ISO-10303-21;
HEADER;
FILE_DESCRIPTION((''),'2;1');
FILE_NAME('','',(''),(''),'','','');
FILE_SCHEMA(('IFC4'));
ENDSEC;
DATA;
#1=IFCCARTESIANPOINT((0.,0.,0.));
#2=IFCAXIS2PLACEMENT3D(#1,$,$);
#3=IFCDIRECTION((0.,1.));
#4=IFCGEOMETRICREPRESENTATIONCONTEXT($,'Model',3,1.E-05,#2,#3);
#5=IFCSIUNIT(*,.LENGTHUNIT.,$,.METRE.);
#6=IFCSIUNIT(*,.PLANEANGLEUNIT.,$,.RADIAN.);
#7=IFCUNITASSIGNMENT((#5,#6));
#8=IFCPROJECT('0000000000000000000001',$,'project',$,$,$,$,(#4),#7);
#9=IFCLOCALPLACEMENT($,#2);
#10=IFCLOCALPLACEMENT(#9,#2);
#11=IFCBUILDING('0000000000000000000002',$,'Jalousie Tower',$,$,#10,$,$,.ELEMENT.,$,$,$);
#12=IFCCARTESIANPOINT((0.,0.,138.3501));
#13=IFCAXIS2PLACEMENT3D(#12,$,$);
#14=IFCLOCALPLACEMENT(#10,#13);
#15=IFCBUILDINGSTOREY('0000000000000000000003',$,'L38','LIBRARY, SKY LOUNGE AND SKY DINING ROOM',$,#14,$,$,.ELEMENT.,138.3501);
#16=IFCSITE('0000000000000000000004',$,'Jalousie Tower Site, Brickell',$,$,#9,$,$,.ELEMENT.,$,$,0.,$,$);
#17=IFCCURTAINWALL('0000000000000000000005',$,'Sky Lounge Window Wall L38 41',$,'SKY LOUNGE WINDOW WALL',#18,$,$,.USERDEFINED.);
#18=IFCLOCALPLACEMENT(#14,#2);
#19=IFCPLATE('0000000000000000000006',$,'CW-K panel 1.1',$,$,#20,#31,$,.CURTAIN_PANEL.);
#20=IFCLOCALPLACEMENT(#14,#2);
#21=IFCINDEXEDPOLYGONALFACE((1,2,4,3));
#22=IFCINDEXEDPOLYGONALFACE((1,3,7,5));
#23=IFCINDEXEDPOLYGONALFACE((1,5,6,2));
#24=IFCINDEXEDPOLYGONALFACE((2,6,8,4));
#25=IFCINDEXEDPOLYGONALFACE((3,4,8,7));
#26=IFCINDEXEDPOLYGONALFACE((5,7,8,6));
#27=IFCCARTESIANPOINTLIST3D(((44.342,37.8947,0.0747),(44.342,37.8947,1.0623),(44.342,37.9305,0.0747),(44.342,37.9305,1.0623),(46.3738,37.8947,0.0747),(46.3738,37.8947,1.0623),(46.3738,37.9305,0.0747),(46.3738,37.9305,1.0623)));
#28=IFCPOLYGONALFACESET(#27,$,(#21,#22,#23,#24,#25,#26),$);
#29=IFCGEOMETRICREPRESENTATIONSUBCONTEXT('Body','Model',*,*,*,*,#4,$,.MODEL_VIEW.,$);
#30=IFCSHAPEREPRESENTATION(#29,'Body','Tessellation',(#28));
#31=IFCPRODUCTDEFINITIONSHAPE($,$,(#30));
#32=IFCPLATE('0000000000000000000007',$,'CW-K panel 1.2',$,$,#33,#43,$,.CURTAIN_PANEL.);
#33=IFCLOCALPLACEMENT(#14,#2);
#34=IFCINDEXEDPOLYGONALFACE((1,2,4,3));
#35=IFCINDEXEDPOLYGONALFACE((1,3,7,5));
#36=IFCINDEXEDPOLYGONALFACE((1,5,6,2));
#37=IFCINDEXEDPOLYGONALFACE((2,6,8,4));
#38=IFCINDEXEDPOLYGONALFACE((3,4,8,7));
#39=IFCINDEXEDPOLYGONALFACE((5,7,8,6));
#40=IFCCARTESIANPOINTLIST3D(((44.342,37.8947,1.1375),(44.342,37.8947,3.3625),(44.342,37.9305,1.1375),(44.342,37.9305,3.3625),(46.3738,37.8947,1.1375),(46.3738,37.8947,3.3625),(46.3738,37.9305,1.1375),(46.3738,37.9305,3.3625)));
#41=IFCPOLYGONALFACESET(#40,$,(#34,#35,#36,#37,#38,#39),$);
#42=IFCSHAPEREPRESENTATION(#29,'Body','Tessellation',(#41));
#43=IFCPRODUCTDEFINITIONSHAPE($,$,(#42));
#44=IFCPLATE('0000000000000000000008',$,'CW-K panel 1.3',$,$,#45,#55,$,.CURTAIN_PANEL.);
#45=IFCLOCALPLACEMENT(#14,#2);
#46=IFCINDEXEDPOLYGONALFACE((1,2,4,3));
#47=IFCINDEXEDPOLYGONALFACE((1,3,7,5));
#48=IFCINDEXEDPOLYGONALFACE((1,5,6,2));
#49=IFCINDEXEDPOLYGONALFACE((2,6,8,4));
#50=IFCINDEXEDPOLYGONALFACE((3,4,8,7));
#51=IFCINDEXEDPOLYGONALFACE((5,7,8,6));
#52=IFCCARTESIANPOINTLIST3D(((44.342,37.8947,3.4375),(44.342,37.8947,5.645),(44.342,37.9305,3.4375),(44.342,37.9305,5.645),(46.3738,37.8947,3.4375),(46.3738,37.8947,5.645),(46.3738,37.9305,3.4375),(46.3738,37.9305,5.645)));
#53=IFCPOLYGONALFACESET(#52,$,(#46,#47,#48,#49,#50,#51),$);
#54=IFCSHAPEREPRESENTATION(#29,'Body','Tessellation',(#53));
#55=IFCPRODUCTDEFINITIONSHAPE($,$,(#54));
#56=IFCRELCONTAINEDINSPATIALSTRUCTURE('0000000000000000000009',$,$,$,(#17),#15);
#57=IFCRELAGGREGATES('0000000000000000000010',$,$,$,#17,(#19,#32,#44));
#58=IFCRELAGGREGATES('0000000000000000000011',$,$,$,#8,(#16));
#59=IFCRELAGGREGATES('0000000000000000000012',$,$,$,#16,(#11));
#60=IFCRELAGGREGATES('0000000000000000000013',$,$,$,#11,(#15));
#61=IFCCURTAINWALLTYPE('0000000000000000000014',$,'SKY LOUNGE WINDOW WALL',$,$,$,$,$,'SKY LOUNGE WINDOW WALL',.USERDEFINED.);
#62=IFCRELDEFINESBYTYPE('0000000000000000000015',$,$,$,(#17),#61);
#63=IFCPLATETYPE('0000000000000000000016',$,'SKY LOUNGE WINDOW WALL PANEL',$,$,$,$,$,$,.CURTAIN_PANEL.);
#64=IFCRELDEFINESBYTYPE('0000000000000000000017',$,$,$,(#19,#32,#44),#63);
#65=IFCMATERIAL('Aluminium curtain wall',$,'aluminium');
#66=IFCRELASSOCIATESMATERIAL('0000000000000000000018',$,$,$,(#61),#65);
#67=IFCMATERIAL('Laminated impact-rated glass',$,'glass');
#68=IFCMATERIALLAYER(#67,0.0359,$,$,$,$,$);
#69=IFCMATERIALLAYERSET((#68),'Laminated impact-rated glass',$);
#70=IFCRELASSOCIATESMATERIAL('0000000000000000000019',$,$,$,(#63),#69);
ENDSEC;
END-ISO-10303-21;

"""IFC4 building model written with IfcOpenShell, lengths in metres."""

from ifc_helpers import new_model, si_unit, direction, frame, origin, origin_2d, place, context, subcontext, project, spatial, rectangle, extrude, material, layer, layer_set, type_object, element, aggregate, save


model = new_model("IFC4")

# Units and contexts
model_context = context("Model", 3, precision=1e-05, world=origin(), true_north=direction((0.0, 1.0)))
body_context = subcontext(model_context, "Body", "Model", "MODEL_VIEW")
ifc_project = project(units=[si_unit("LENGTHUNIT", "METRE"), si_unit("PLANEANGLEUNIT", "RADIAN")], contexts=[model_context])

# Site, building, storey
site_placement = place(None, origin())
site = spatial("IfcSite", under=ifc_project, at=site_placement, Name="Jalousie Tower Site, Brickell", CompositionType="ELEMENT", RefElevation=0.0)
building_placement = place(site_placement, origin())
building = spatial("IfcBuilding", under=site, at=building_placement, Name="Jalousie Tower", CompositionType="ELEMENT")
storey_placement = place(building_placement, frame((0.0, 0.0, 138.3501)))
storey = spatial("IfcBuildingStorey", under=building, at=storey_placement, Name="L38", Description="LIBRARY, SKY LOUNGE AND SKY DINING ROOM", CompositionType="ELEMENT", Elevation=138.3501)

# Curtain wall
ifc_material_1 = material(Name="Aluminium curtain wall", Category="aluminium")
curtain_wall_type_1 = type_object("IfcCurtainWallType", Name="SKY LOUNGE WINDOW WALL", ElementType="SKY LOUNGE WINDOW WALL", PredefinedType="USERDEFINED", material=ifc_material_1)
curtain_wall_1_placement = place(storey_placement, origin())
curtain_wall_1 = element("IfcCurtainWall", 1, at=curtain_wall_1_placement, inside=storey, type_object=curtain_wall_type_1, Name="Sky Lounge Window Wall L38 41", ObjectType="SKY LOUNGE WINDOW WALL", PredefinedType="USERDEFINED")

# Plates
ifc_material_2 = material(Name="Laminated impact-rated glass", Category="glass")
ifc_layer_1 = layer(ifc_material_2, 0.0359)
ifc_layer_set_1 = layer_set([ifc_layer_1], Name="Laminated impact-rated glass")
plate_type_1 = type_object("IfcPlateType", Name="SKY LOUNGE WINDOW WALL PANEL", PredefinedType="CURTAIN_PANEL", material=ifc_layer_set_1)
plate_1_placement = place(storey_placement, frame((45.3579, 37.9126, 0.0747), z_axis=(0.0, 0.0, 1.0), x_axis=(-1.0, 0.0, 0.0)))
plate_1 = element("IfcPlate", 2, at=plate_1_placement, type_object=plate_type_1, Name="CW-K panel 1.1", PredefinedType="CURTAIN_PANEL", context=body_context, shape_type="SweptSolid", body=[
    extrude(rectangle(XDim=2.0317, YDim=0.0359, at=origin_2d()), origin(), (0.0, 0.0, 1.0), 0.9875),
])
plate_2_placement = place(storey_placement, frame((45.3579, 37.9126, 1.1375), z_axis=(0.0, 0.0, 1.0), x_axis=(-1.0, 0.0, 0.0)))
plate_2 = element("IfcPlate", 3, at=plate_2_placement, type_object=plate_type_1, Name="CW-K panel 1.2", PredefinedType="CURTAIN_PANEL", context=body_context, shape_type="SweptSolid", body=[
    extrude(rectangle(XDim=2.0317, YDim=0.0359, at=origin_2d()), origin(), (0.0, 0.0, 1.0), 2.2251),
])
plate_3_placement = place(storey_placement, frame((45.3579, 37.9126, 3.4375), z_axis=(0.0, 0.0, 1.0), x_axis=(-1.0, 0.0, 0.0)))
plate_3 = element("IfcPlate", 4, at=plate_3_placement, type_object=plate_type_1, Name="CW-K panel 1.3", PredefinedType="CURTAIN_PANEL", context=body_context, shape_type="SweptSolid", body=[
    extrude(rectangle(XDim=2.0317, YDim=0.0359, at=origin_2d()), origin(), (0.0, 0.0, 1.0), 2.2075),
])
aggregate(curtain_wall_1, [plate_1, plate_2, plate_3])

save(model, "model.ifc")
